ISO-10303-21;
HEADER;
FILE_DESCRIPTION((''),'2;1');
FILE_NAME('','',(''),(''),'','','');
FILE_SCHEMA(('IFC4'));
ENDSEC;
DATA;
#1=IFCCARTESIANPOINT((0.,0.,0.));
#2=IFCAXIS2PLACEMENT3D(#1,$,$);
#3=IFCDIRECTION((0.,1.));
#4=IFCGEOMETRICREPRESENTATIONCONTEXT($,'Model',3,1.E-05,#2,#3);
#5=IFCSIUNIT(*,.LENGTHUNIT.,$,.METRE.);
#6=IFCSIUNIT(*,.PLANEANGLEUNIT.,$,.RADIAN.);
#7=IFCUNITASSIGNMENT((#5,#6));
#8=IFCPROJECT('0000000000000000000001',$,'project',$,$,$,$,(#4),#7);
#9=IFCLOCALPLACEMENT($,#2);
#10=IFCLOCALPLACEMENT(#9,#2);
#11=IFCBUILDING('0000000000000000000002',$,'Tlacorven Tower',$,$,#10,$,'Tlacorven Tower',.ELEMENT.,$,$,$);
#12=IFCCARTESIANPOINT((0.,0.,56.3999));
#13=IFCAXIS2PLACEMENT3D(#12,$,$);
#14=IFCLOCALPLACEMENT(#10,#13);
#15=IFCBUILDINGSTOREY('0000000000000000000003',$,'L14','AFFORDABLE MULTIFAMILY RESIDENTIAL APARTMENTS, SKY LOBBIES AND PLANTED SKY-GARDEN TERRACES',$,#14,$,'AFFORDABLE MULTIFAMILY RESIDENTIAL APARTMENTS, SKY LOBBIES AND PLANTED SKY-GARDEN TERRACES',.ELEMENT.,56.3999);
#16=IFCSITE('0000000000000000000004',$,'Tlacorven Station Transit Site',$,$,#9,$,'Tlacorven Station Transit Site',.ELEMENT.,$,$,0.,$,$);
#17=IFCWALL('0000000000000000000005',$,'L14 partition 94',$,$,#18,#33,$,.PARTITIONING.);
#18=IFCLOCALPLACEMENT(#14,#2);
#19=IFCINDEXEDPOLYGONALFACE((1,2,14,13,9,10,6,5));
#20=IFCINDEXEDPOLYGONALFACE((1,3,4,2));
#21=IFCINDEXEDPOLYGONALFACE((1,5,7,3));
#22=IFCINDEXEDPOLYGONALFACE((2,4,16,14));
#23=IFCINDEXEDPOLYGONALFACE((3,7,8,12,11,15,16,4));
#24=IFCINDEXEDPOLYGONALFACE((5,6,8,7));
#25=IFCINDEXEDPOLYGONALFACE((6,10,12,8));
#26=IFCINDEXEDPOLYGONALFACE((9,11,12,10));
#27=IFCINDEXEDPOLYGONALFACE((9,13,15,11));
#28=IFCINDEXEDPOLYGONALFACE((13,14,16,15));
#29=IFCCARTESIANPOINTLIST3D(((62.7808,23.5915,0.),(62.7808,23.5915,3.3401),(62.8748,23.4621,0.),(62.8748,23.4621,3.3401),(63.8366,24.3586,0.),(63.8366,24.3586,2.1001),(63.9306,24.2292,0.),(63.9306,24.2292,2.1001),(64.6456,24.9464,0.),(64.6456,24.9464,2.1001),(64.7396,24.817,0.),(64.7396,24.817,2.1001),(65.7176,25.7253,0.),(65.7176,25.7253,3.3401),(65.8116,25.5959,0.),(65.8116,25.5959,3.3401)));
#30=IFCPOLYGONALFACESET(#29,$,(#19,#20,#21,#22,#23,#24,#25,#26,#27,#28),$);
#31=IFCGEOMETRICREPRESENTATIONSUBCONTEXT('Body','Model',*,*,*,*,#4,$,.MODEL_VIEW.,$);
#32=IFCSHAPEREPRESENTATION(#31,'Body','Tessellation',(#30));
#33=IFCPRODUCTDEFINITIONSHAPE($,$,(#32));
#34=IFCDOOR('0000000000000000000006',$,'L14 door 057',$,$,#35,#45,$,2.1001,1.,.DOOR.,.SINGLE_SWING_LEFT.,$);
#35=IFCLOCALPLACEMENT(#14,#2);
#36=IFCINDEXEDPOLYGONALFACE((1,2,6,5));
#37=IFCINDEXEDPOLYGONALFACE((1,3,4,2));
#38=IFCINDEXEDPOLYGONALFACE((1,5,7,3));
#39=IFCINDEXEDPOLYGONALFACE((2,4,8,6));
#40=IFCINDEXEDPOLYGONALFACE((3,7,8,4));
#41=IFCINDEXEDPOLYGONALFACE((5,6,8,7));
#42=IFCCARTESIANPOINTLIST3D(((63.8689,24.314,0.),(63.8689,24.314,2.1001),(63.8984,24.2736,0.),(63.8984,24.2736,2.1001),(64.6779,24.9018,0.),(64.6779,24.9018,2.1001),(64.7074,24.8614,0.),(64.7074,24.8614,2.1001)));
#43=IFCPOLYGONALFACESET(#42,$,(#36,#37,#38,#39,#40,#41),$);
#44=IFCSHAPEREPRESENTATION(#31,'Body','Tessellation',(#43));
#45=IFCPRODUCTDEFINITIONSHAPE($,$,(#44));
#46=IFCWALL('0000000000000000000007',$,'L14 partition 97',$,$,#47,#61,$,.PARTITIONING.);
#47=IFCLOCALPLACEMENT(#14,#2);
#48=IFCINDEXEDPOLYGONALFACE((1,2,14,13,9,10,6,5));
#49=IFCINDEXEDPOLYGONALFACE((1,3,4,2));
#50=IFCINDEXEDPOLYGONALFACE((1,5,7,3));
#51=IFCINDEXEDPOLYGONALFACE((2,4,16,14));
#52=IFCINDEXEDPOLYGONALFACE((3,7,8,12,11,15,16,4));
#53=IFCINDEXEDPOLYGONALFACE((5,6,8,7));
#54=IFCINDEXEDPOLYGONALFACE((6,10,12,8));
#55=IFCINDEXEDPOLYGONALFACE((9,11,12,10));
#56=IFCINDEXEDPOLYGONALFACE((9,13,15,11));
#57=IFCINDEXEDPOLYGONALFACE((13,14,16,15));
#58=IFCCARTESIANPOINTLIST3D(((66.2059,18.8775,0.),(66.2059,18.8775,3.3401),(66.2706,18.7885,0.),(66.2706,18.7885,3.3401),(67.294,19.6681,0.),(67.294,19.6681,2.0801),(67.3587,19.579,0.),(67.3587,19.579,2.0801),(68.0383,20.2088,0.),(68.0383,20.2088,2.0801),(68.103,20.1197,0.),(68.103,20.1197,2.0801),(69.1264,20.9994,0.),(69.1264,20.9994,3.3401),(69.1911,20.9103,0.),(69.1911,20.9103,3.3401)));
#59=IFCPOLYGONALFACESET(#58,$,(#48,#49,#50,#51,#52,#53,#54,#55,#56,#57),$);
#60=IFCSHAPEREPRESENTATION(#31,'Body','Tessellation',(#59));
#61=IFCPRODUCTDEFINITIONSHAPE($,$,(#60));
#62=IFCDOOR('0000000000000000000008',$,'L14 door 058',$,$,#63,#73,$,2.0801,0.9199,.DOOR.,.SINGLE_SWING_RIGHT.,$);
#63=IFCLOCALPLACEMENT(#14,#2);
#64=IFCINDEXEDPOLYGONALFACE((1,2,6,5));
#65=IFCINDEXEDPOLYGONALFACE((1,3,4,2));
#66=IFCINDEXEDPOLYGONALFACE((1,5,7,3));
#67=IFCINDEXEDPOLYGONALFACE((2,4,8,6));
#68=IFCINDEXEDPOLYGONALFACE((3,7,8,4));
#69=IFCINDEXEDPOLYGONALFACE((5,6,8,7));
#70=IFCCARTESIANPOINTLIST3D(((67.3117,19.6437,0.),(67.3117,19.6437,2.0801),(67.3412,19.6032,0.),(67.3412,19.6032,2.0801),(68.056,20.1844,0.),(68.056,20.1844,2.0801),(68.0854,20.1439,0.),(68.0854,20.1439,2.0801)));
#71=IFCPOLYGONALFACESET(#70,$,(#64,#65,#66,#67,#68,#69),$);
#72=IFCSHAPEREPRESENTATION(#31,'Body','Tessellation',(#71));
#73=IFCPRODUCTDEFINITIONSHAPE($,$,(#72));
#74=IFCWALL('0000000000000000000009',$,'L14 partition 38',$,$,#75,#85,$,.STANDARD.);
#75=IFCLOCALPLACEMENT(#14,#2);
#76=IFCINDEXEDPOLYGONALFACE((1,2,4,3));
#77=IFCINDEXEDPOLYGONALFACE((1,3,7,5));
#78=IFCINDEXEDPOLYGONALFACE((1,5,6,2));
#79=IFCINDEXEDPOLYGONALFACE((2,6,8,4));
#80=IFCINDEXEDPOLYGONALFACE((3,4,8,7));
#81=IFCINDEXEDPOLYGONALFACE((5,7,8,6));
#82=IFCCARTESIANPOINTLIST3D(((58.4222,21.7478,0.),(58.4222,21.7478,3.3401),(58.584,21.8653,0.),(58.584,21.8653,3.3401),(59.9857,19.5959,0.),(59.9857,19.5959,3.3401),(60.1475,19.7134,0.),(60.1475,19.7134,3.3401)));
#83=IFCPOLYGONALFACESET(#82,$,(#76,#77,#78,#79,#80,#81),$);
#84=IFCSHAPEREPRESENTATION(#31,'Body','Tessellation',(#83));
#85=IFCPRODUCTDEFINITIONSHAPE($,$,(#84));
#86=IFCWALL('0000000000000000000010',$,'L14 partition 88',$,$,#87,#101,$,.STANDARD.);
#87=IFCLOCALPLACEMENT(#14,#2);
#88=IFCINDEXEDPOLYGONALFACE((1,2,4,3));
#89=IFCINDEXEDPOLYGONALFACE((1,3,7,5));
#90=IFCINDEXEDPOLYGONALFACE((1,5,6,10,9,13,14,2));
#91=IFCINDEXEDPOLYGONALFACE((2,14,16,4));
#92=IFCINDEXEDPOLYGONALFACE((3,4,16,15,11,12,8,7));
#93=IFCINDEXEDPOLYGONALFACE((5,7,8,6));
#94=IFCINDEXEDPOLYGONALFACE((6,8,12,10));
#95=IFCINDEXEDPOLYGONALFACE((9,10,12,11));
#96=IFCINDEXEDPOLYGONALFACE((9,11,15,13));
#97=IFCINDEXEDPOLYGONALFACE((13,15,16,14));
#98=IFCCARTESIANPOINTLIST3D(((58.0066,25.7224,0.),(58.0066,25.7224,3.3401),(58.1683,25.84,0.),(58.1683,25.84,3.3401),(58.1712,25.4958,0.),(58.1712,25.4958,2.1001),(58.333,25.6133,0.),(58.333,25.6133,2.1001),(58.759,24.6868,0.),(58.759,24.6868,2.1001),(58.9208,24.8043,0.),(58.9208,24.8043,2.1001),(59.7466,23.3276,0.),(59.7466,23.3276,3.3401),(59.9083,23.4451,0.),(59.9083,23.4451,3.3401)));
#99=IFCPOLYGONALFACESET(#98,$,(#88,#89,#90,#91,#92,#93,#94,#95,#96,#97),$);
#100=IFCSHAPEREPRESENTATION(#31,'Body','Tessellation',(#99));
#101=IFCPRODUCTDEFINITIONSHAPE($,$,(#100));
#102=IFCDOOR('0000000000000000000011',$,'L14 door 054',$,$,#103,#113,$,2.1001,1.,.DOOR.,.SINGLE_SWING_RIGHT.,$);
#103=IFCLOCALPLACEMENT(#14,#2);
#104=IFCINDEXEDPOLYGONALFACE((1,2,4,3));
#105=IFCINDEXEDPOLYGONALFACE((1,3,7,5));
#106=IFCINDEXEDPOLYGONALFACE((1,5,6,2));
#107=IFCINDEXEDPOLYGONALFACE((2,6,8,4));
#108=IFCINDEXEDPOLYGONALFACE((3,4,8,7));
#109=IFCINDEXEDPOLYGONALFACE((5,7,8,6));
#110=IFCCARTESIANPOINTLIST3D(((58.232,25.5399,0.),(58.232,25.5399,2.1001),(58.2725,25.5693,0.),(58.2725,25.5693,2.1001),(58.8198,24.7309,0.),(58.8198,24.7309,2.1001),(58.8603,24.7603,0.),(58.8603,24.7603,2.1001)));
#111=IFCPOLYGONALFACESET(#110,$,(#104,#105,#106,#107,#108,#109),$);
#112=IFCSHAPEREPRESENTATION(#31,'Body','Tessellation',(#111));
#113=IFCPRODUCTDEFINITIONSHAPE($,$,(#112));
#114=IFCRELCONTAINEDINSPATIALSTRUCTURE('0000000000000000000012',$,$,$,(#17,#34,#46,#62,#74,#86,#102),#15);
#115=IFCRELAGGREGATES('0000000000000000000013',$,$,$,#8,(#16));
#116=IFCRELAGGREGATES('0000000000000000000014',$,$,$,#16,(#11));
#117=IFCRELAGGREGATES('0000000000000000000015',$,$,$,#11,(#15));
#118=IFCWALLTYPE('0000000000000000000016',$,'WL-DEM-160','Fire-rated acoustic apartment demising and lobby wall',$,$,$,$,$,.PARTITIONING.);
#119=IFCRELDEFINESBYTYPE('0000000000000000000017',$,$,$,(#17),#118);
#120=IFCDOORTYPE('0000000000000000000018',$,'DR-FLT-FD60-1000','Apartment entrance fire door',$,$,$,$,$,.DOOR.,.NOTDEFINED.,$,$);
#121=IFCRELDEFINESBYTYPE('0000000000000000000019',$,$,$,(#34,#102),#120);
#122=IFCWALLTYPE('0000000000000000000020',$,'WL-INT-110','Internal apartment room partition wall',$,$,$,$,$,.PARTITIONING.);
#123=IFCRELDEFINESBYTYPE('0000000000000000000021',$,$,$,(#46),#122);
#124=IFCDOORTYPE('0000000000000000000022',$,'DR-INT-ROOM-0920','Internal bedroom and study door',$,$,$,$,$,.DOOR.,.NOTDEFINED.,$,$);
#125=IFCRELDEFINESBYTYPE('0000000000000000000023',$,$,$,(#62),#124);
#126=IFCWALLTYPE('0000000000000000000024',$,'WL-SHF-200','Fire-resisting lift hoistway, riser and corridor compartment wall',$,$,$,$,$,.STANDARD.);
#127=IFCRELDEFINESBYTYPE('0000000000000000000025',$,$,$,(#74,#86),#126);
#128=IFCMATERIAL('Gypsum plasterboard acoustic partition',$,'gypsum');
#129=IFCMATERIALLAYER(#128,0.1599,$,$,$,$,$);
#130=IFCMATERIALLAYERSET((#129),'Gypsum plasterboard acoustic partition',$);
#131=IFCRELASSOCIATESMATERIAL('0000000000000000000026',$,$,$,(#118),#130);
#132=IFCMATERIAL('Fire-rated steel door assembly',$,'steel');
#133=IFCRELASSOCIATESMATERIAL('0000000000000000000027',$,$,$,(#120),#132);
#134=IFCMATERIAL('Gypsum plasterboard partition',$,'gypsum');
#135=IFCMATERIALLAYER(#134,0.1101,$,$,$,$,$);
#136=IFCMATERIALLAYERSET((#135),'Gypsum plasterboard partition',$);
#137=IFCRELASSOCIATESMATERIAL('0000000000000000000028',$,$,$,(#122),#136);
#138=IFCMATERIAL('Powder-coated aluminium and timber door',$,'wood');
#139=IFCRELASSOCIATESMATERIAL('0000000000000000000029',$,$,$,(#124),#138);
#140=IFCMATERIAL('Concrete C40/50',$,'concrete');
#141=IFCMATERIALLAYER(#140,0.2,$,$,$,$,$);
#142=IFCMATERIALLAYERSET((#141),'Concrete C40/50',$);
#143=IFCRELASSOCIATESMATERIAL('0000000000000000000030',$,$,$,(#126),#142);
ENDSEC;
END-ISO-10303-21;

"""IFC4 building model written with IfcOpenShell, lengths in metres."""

from ifc_helpers import new_model, si_unit, direction, frame, frame_2d, origin, place, context, subcontext, project, spatial, rectangle, extrude, source, transform, mapped, material, layer, layer_set, type_object, element, fill, save


model = new_model("IFC4")

# Units and contexts
model_context = context("Model", 3, precision=1e-05, world=origin(), true_north=direction((0.0, 1.0)))
body_context = subcontext(model_context, "Body", "Model", "MODEL_VIEW")
ifc_project = project(units=[si_unit("LENGTHUNIT", "METRE"), si_unit("PLANEANGLEUNIT", "RADIAN")], contexts=[model_context])

# Site, building, storey
site_placement = place(None, origin())
site = spatial("IfcSite", under=ifc_project, at=site_placement, Name="Tlacorven Station Transit Site", LongName="Tlacorven Station Transit Site", CompositionType="ELEMENT", RefElevation=0.0)
building_placement = place(site_placement, origin())
building = spatial("IfcBuilding", under=site, at=building_placement, Name="Tlacorven Tower", LongName="Tlacorven Tower", CompositionType="ELEMENT")
storey_placement = place(building_placement, frame((0.0, 0.0, 56.3999)))
storey = spatial("IfcBuildingStorey", under=building, at=storey_placement, Name="L14", Description="AFFORDABLE MULTIFAMILY RESIDENTIAL APARTMENTS, SKY LOBBIES AND PLANTED SKY-GARDEN TERRACES", LongName="AFFORDABLE MULTIFAMILY RESIDENTIAL APARTMENTS, SKY LOBBIES AND PLANTED SKY-GARDEN TERRACES", CompositionType="ELEMENT", Elevation=56.3999)

# Walls, openings, doors
ifc_material_1 = material(Name="Gypsum plasterboard acoustic partition", Category="gypsum")
ifc_layer_1 = layer(ifc_material_1, 0.1599)
ifc_layer_set_1 = layer_set([ifc_layer_1], Name="Gypsum plasterboard acoustic partition")
wall_type_1 = type_object("IfcWallType", Name="WL-DEM-160", Description="Fire-rated acoustic apartment demising and lobby wall", PredefinedType="PARTITIONING", material=ifc_layer_set_1)
wall_1_placement = place(storey_placement, frame((62.8279, 23.5269, 0.0), z_axis=(0.0, 0.0, 1.0), x_axis=(0.809004, 0.587804, 0.0)))
wall_1 = element("IfcWall", 1, at=wall_1_placement, inside=storey, type_object=wall_type_1, Name="L14 partition 94", PredefinedType="PARTITIONING", context=body_context, shape_type="SweptSolid", body=[
    extrude(rectangle(XDim=3.6301, YDim=0.1599, at=frame_2d((1.8149, 0.0))), origin(), (0.0, 0.0, 1.0), 3.3401),
])
opening_1_placement = place(wall_1_placement, frame((1.3049, 0.0, 0.0)))
opening_1 = element("IfcOpeningElement", 2, at=opening_1_placement, cuts=wall_1, PredefinedType="OPENING", context=body_context, shape_type="SweptSolid", body=[
    extrude(rectangle(XDim=1.0, YDim=2.1001, at=frame_2d((0.5, 1.05))), frame((0.0, 0.0898, 0.0), z_axis=(0.0, -1.0, 0.0), x_axis=(1.0, 0.0, 0.0)), (0.0, 0.0, 1.0), 0.1799),
])
ifc_material_2 = material(Name="Fire-rated steel door assembly", Category="steel")
door_type_1 = type_object("IfcDoorType", Name="DR-FLT-FD60-1000", Description="Apartment entrance fire door", OperationType="NOTDEFINED", PredefinedType="DOOR", material=ifc_material_2)
shared_shape_1 = source(origin(), body_context, "Body", "SweptSolid", [
    extrude(rectangle(XDim=1.0, YDim=2.1001, at=frame_2d((0.5, 1.05))), frame((0.0, 0.0249, 0.0), z_axis=(0.0, -1.0, 0.0), x_axis=(1.0, 0.0, 0.0)), (0.0, 0.0, 1.0), 0.05),
])
door_1_placement = place(opening_1_placement, origin())
door_1 = element("IfcDoor", 3, at=door_1_placement, inside=storey, type_object=door_type_1, Name="L14 door 057", OperationType="SINGLE_SWING_LEFT", OverallHeight=2.1001, OverallWidth=1.0, PredefinedType="DOOR", context=body_context, shape_type="MappedRepresentation", body=[
    mapped(shared_shape_1, transform((0.0, 0.0, 0.0), scale=1.0)),
])
fill(opening_1, door_1)
ifc_material_3 = material(Name="Gypsum plasterboard partition", Category="gypsum")
ifc_layer_2 = layer(ifc_material_3, 0.1101)
ifc_layer_set_2 = layer_set([ifc_layer_2], Name="Gypsum plasterboard partition")
wall_type_2 = type_object("IfcWallType", Name="WL-INT-110", Description="Internal apartment room partition wall", PredefinedType="PARTITIONING", material=ifc_layer_set_2)
wall_2_placement = place(storey_placement, frame((66.2383, 18.833, 0.0), z_axis=(0.0, 0.0, 1.0), x_axis=(0.809014, 0.58779, 0.0)))
wall_2 = element("IfcWall", 4, at=wall_2_placement, inside=storey, type_object=wall_type_2, Name="L14 partition 97", PredefinedType="PARTITIONING", context=body_context, shape_type="SweptSolid", body=[
    extrude(rectangle(XDim=3.6099, YDim=0.1101, at=frame_2d((1.8049, 0.0))), origin(), (0.0, 0.0, 1.0), 3.3401),
])
opening_2_placement = place(wall_2_placement, frame((1.345, 0.0, 0.0)))
opening_2 = element("IfcOpeningElement", 5, at=opening_2_placement, cuts=wall_2, PredefinedType="OPENING", context=body_context, shape_type="SweptSolid", body=[
    extrude(rectangle(XDim=0.9199, YDim=2.0801, at=frame_2d((0.46, 1.04))), frame((0.0, 0.0649, 0.0), z_axis=(0.0, -1.0, 0.0), x_axis=(1.0, 0.0, 0.0)), (0.0, 0.0, 1.0), 0.1301),
])
ifc_material_4 = material(Name="Powder-coated aluminium and timber door", Category="wood")
door_type_2 = type_object("IfcDoorType", Name="DR-INT-ROOM-0920", Description="Internal bedroom and study door", OperationType="NOTDEFINED", PredefinedType="DOOR", material=ifc_material_4)
shared_shape_2 = source(origin(), body_context, "Body", "SweptSolid", [
    extrude(rectangle(XDim=0.9199, YDim=2.0801, at=frame_2d((0.46, 1.04))), frame((0.0, 0.0249, 0.0), z_axis=(0.0, -1.0, 0.0), x_axis=(1.0, 0.0, 0.0)), (0.0, 0.0, 1.0), 0.05),
])
door_2_placement = place(opening_2_placement, origin())
door_2 = element("IfcDoor", 6, at=door_2_placement, inside=storey, type_object=door_type_2, Name="L14 door 058", OperationType="SINGLE_SWING_RIGHT", OverallHeight=2.0801, OverallWidth=0.9199, PredefinedType="DOOR", context=body_context, shape_type="MappedRepresentation", body=[
    mapped(shared_shape_2, transform((0.0, 0.0, 0.0), scale=1.0)),
])
fill(opening_2, door_2)

# Wall
ifc_material_5 = material(Name="Concrete C40/50", Category="concrete")
ifc_layer_3 = layer(ifc_material_5, 0.2)
ifc_layer_set_3 = layer_set([ifc_layer_3], Name="Concrete C40/50")
wall_type_3 = type_object("IfcWallType", Name="WL-SHF-200", Description="Fire-resisting lift hoistway, riser and corridor compartment wall", PredefinedType="STANDARD", material=ifc_layer_set_3)
wall_3_placement = place(storey_placement, frame((60.0667, 19.6545, 0.0), z_axis=(0.0, 0.0, 1.0), x_axis=(-0.587801, 0.809006, 0.0)))
element("IfcWall", 7, at=wall_3_placement, inside=storey, type_object=wall_type_3, Name="L14 partition 38", PredefinedType="STANDARD", context=body_context, shape_type="SweptSolid", body=[
    extrude(rectangle(XDim=2.6599, YDim=0.2, at=frame_2d((1.3301, 0.0))), origin(), (0.0, 0.0, 1.0), 3.3401),
])

# Wall, opening, door
wall_4_placement = place(storey_placement, frame((59.8274, 23.3865, 0.0), z_axis=(0.0, 0.0, 1.0), x_axis=(-0.587804, 0.809003, 0.0)))
wall_4 = element("IfcWall", 8, at=wall_4_placement, inside=storey, type_object=wall_type_3, Name="L14 partition 88", PredefinedType="STANDARD", context=body_context, shape_type="SweptSolid", body=[
    extrude(rectangle(XDim=2.9602, YDim=0.2, at=frame_2d((1.48, 0.0))), origin(), (0.0, 0.0, 1.0), 3.3401),
])
opening_3_placement = place(wall_4_placement, frame((1.6799, 0.0, 0.0)))
opening_3 = element("IfcOpeningElement", 9, at=opening_3_placement, cuts=wall_4, PredefinedType="OPENING", context=body_context, shape_type="SweptSolid", body=[
    extrude(rectangle(XDim=1.0, YDim=2.1001, at=frame_2d((0.5, 1.05))), frame((0.0, 0.1099, 0.0), z_axis=(0.0, -1.0, 0.0), x_axis=(1.0, 0.0, 0.0)), (0.0, 0.0, 1.0), 0.22),
])
door_3_placement = place(opening_3_placement, origin())
door_3 = element("IfcDoor", 10, at=door_3_placement, inside=storey, type_object=door_type_1, Name="L14 door 054", OperationType="SINGLE_SWING_RIGHT", OverallHeight=2.1001, OverallWidth=1.0, PredefinedType="DOOR", context=body_context, shape_type="MappedRepresentation", body=[
    mapped(shared_shape_1, transform((0.0, 0.0, 0.0), scale=1.0)),
])
fill(opening_3, door_3)

save(model, "model.ifc")
